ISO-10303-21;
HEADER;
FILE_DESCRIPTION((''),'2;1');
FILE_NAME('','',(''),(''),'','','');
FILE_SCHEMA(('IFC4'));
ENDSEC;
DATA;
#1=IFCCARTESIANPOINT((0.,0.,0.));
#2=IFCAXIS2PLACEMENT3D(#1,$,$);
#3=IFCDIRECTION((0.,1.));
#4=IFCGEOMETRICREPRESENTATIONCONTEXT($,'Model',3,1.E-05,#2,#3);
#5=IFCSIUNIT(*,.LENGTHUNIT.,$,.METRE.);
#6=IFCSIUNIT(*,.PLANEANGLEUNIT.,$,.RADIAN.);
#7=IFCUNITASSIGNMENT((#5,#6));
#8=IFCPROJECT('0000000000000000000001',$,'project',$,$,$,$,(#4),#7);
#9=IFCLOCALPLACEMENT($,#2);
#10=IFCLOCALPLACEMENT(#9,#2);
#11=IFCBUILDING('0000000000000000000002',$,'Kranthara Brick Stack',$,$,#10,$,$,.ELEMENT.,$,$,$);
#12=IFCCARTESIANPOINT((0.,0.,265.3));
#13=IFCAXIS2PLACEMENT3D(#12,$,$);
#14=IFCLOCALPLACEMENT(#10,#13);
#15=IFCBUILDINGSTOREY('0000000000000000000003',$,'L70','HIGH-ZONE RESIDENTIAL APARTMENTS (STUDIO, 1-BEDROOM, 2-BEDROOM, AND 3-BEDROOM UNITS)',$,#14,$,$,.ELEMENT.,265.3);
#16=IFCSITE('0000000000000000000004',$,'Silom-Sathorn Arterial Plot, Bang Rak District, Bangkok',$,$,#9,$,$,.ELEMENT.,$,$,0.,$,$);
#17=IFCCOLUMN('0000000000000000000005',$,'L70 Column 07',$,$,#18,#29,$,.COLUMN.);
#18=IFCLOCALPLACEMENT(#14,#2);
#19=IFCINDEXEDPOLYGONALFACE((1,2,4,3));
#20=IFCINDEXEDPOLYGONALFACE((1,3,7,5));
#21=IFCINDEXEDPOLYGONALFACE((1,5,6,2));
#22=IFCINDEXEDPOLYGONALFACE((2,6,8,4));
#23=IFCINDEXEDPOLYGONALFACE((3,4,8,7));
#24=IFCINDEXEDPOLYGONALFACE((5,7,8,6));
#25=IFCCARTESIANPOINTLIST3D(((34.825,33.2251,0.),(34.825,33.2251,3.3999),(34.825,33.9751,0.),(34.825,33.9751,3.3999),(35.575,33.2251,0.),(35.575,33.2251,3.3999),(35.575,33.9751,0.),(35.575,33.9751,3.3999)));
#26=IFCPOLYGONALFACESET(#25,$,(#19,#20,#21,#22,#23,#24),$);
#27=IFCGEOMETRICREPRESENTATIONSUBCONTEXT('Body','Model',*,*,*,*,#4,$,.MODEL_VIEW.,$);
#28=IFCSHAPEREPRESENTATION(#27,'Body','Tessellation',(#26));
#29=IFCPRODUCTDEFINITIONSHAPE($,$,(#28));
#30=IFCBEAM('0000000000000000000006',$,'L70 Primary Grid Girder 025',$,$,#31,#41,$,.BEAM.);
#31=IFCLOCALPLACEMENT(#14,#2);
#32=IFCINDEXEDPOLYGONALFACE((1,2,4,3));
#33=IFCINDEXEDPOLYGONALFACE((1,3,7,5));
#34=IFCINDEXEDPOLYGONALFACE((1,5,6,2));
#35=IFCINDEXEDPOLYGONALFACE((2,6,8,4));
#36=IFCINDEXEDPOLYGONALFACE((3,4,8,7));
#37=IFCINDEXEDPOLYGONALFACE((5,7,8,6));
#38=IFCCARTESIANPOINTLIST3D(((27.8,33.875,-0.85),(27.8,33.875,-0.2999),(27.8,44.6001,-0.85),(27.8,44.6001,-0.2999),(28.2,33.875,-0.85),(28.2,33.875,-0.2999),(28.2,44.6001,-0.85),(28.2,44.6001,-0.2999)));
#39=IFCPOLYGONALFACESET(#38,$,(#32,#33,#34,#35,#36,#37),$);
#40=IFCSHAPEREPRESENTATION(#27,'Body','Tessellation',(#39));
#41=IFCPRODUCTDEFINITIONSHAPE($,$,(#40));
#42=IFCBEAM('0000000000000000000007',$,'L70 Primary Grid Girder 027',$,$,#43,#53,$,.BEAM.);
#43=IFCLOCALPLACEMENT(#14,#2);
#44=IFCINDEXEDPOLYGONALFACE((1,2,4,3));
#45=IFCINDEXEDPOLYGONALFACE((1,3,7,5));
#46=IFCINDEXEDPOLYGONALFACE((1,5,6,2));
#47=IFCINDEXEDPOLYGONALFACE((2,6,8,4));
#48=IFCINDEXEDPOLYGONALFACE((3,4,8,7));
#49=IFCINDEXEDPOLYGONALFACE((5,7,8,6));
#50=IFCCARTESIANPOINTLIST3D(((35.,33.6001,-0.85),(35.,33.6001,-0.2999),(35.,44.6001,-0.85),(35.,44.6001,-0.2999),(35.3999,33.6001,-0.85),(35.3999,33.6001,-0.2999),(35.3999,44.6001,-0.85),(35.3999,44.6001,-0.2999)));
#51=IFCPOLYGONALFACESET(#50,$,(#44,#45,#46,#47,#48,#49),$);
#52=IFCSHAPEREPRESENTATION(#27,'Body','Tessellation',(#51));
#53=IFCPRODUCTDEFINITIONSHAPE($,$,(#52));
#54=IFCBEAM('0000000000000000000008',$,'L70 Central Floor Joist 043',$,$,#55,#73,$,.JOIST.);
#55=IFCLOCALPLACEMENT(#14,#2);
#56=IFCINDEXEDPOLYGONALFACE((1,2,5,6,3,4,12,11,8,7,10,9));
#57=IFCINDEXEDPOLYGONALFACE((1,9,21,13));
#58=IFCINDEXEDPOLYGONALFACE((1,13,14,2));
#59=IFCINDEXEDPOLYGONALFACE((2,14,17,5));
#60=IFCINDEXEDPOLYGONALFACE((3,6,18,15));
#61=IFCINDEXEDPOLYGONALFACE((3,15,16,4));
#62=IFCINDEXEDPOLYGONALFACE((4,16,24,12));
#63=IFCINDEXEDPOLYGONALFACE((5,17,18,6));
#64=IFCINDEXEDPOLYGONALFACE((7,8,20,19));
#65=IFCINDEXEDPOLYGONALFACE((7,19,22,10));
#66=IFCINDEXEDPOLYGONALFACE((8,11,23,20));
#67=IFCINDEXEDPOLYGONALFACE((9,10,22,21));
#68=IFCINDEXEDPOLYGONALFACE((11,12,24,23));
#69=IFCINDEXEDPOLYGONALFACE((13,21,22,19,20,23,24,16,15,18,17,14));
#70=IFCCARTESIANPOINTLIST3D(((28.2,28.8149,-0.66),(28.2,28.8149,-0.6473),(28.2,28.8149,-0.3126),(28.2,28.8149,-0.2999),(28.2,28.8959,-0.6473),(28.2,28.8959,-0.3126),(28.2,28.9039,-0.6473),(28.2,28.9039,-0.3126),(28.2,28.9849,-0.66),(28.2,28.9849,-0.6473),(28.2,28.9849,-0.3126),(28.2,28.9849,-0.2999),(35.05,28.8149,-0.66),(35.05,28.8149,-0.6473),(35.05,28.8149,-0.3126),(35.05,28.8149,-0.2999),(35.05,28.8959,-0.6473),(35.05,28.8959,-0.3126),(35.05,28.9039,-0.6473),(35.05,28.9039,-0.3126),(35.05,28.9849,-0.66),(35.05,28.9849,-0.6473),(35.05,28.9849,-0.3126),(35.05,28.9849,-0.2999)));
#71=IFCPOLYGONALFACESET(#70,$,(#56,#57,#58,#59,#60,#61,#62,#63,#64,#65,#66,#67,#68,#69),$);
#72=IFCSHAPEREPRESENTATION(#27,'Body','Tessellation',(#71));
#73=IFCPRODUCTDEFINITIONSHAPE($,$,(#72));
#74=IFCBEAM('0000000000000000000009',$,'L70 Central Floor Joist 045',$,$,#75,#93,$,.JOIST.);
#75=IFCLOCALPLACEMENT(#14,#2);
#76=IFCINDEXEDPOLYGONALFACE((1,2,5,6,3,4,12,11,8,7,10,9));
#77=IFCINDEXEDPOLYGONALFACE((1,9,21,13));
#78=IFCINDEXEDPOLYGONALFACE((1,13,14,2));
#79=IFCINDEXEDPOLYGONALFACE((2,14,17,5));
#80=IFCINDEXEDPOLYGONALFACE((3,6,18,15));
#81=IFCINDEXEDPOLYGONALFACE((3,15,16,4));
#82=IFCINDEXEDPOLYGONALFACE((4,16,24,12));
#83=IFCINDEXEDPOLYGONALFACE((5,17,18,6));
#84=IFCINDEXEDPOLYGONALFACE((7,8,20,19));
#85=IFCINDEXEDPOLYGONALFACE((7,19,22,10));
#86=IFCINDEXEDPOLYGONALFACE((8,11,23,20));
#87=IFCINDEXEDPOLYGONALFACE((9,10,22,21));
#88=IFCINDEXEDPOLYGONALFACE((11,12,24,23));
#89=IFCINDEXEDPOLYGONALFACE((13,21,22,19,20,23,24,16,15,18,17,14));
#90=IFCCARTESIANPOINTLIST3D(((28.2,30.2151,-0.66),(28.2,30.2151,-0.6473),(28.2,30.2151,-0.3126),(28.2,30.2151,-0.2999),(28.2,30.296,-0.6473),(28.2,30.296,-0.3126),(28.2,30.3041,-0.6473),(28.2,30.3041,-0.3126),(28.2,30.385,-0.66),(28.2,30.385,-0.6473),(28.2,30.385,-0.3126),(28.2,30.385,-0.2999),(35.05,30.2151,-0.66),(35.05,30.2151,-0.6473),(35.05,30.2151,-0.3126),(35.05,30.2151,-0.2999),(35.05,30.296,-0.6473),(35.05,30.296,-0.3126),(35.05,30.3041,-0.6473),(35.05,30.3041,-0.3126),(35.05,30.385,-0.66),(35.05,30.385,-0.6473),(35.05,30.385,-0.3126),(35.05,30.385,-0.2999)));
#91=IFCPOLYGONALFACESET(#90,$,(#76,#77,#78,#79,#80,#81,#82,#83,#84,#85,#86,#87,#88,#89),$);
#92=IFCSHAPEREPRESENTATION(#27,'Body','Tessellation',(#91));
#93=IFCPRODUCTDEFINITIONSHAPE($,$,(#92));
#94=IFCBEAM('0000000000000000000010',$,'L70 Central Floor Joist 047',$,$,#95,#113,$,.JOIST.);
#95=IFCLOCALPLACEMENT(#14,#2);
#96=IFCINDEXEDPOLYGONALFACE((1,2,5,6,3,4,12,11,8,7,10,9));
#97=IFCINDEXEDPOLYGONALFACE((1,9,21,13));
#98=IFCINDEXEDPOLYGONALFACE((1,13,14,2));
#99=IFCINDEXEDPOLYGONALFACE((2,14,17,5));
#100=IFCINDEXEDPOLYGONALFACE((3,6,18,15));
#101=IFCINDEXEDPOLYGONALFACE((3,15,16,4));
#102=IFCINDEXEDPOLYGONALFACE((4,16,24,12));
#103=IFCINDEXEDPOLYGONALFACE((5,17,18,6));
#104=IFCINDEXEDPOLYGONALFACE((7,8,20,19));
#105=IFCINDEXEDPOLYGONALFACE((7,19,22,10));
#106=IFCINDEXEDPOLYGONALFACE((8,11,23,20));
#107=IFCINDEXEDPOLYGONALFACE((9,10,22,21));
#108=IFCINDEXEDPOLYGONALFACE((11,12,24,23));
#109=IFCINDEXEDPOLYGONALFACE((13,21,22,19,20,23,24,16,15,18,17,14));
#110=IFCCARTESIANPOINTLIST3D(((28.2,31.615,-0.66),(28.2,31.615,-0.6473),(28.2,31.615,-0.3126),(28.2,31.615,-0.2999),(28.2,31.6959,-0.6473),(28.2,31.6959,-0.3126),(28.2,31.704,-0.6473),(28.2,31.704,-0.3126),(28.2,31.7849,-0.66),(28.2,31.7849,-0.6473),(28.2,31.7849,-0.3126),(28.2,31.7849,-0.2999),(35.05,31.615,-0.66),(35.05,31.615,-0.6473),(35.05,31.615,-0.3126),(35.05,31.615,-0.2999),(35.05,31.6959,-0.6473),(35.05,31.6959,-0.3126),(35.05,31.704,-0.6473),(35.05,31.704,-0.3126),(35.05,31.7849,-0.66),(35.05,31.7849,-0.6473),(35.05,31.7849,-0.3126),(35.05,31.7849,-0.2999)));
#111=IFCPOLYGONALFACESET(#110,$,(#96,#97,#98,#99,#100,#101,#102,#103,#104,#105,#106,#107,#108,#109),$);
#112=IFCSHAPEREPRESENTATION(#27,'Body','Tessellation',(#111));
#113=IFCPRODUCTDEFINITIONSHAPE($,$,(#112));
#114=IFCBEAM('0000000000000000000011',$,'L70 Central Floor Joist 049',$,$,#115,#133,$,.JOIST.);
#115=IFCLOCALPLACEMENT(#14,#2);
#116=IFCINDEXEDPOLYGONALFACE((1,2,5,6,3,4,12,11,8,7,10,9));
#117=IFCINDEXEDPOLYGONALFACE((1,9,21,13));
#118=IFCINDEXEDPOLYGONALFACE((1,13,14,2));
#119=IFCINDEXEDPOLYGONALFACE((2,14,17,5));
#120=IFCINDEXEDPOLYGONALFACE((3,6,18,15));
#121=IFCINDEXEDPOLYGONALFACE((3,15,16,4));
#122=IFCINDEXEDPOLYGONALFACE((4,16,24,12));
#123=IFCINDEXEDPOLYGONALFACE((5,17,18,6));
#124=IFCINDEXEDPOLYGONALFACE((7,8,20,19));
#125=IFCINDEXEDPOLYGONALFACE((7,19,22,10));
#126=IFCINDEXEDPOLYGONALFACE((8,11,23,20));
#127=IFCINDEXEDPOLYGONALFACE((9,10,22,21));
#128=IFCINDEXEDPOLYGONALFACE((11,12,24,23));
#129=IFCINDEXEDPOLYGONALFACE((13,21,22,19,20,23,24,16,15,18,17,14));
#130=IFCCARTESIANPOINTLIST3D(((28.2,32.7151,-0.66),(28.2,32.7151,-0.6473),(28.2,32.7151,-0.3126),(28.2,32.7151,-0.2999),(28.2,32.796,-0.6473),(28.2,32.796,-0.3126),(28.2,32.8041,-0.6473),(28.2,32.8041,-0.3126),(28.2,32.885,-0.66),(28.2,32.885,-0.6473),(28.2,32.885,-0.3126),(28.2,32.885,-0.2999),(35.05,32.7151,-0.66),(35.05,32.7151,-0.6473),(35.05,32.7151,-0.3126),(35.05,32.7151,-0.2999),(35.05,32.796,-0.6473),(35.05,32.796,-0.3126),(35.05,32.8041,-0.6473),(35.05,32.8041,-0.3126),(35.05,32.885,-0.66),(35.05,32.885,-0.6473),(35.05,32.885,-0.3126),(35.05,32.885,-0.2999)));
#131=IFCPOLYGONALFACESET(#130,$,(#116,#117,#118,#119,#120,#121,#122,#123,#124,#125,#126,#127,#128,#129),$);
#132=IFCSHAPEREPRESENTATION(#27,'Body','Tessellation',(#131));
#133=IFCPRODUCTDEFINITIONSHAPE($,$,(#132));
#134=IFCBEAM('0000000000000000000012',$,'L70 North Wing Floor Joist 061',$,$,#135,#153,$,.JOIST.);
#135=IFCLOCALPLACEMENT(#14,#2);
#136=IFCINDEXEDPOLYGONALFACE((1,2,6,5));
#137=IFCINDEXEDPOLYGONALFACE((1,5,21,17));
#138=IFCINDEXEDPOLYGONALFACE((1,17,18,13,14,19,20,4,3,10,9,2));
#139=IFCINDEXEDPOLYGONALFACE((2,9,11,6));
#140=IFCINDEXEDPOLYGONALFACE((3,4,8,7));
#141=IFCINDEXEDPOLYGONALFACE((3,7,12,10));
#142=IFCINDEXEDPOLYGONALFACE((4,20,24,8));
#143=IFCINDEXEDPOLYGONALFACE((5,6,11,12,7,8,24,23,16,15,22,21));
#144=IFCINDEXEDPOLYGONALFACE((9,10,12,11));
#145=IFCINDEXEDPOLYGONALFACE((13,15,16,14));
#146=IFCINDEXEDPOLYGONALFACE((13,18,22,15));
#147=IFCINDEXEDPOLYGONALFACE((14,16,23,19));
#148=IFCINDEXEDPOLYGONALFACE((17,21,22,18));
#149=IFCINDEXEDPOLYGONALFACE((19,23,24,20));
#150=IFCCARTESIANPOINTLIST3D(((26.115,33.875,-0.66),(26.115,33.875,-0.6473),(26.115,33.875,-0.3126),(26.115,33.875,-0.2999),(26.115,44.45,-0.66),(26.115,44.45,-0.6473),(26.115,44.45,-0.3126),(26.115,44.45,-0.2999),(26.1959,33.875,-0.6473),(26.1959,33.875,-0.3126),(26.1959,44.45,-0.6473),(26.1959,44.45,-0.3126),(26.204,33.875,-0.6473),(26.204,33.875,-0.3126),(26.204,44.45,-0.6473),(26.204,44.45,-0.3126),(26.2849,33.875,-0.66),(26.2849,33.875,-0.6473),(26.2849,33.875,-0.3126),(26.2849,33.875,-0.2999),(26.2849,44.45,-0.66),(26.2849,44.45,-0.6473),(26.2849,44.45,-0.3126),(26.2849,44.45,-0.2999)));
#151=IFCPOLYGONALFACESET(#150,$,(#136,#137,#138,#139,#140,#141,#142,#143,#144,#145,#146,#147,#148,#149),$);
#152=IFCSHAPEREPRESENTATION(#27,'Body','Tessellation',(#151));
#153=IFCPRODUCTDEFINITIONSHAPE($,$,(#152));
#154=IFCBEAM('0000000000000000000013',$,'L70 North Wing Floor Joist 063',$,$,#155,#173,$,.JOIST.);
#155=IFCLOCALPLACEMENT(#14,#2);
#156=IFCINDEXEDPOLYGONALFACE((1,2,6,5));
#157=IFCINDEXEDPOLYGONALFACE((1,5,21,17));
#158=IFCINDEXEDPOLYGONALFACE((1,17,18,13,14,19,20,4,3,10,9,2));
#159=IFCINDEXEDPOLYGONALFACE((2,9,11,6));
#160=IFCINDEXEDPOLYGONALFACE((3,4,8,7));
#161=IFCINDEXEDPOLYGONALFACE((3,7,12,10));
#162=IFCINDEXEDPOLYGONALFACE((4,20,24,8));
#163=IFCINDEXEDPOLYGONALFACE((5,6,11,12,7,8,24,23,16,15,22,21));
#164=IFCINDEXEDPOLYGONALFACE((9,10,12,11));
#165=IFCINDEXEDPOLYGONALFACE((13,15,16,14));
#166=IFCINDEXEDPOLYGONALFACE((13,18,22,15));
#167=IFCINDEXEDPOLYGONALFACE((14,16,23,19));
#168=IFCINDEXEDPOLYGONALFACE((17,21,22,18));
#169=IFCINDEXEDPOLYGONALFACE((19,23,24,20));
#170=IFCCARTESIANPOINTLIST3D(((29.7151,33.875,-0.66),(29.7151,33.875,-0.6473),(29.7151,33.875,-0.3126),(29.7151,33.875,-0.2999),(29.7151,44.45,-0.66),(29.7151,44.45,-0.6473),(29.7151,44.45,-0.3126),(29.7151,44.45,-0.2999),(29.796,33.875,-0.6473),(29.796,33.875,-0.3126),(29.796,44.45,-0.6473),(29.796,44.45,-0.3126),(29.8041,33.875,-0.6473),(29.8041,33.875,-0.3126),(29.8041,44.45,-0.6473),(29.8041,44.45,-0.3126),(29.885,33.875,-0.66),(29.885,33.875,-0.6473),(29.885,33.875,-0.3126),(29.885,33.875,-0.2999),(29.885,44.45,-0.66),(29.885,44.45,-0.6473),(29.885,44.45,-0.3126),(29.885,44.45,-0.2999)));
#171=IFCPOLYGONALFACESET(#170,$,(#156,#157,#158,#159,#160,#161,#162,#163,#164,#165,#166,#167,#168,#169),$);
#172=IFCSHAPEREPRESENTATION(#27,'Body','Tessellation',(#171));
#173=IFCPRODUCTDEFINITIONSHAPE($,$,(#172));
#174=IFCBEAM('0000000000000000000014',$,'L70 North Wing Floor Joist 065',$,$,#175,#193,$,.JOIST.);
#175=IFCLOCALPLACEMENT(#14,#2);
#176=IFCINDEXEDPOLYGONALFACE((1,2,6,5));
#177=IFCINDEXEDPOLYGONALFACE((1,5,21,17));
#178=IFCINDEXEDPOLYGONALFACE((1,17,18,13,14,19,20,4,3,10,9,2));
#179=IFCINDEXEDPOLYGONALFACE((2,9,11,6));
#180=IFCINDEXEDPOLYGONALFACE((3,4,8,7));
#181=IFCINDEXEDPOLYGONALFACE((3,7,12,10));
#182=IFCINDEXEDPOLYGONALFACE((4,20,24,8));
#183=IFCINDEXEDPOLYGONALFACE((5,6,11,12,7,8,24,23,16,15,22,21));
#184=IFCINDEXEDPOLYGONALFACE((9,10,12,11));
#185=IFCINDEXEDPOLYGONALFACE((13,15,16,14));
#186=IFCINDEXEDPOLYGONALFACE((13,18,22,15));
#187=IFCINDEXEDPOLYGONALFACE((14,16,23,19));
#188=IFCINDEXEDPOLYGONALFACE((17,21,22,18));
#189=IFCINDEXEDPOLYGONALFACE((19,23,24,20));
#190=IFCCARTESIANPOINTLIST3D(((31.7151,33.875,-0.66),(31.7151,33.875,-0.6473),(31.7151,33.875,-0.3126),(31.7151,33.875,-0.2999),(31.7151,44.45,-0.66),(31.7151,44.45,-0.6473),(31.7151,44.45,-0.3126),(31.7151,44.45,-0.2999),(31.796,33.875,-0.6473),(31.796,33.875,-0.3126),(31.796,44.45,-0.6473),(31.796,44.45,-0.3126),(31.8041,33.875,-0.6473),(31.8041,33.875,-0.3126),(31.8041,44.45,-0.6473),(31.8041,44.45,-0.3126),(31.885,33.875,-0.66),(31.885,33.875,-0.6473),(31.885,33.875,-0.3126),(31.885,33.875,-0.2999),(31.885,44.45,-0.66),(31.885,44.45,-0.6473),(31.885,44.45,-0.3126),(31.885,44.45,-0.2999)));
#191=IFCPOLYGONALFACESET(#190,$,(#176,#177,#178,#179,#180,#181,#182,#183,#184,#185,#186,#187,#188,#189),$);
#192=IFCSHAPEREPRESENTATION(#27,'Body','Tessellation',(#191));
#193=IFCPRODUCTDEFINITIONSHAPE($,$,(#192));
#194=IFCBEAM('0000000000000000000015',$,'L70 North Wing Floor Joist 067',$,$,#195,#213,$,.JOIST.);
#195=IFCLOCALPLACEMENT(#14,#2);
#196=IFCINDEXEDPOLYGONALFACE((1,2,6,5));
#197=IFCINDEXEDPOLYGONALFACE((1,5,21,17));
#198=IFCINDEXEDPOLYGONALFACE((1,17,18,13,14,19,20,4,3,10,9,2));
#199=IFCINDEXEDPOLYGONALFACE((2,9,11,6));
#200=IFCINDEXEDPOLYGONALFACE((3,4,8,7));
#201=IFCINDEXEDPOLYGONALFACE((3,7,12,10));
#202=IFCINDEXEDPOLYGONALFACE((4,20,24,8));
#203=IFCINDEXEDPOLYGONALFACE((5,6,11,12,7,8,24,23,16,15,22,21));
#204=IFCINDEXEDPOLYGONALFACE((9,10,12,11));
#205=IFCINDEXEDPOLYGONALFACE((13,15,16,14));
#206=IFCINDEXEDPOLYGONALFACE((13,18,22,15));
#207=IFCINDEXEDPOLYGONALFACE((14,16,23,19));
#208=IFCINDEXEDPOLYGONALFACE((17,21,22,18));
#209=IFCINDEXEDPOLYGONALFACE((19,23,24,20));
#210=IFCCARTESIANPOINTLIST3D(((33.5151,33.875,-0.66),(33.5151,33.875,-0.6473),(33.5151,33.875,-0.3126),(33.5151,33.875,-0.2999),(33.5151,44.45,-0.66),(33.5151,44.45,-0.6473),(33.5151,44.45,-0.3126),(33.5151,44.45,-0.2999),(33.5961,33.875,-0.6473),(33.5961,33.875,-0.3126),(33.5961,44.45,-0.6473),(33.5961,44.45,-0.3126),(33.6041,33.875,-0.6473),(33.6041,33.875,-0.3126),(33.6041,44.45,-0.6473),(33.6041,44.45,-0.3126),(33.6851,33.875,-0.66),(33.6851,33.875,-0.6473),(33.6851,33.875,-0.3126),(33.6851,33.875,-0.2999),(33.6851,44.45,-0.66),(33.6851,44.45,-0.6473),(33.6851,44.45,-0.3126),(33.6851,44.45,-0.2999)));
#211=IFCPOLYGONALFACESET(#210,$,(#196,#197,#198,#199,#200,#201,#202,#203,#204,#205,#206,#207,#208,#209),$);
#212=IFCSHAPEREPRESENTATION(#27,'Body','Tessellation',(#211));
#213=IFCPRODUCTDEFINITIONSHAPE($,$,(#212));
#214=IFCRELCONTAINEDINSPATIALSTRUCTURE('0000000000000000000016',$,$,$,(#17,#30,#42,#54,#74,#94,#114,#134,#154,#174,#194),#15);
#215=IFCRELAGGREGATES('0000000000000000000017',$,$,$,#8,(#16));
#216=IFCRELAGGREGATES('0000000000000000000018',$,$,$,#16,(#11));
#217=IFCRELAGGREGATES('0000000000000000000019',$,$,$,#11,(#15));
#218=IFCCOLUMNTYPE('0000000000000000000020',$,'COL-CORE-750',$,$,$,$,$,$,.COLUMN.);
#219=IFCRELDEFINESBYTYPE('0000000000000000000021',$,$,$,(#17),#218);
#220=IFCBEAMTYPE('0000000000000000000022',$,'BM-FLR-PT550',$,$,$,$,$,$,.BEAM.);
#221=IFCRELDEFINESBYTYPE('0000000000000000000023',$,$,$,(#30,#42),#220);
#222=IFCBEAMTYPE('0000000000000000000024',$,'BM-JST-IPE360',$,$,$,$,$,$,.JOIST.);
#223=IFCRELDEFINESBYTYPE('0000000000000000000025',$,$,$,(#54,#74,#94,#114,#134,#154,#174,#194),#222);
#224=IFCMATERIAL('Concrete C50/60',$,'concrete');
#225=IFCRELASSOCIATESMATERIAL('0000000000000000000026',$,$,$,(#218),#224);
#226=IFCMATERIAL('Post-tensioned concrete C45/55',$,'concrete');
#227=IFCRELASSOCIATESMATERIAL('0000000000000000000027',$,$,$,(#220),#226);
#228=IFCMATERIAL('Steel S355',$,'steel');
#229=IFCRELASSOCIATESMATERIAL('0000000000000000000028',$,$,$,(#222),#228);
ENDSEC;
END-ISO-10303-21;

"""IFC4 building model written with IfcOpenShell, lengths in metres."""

from ifc_helpers import new_model, si_unit, direction, frame, origin, origin_2d, place, context, subcontext, project, spatial, rectangle, i_section, extrude, material, material_profile, profile_set, type_object, element, save


model = new_model("IFC4")

# Units and contexts
model_context = context("Model", 3, precision=1e-05, world=origin(), true_north=direction((0.0, 1.0)))
body_context = subcontext(model_context, "Body", "Model", "MODEL_VIEW")
ifc_project = project(units=[si_unit("LENGTHUNIT", "METRE"), si_unit("PLANEANGLEUNIT", "RADIAN")], contexts=[model_context])

# Site, building, storey
site_placement = place(None, origin())
site = spatial("IfcSite", under=ifc_project, at=site_placement, Name="Silom-Sathorn Arterial Plot, Bang Rak District, Bangkok", CompositionType="ELEMENT", RefElevation=0.0)
building_placement = place(site_placement, origin())
building = spatial("IfcBuilding", under=site, at=building_placement, Name="Kranthara Brick Stack", CompositionType="ELEMENT")
storey_placement = place(building_placement, frame((0.0, 0.0, 265.3)))
storey = spatial("IfcBuildingStorey", under=building, at=storey_placement, Name="L70", Description="HIGH-ZONE RESIDENTIAL APARTMENTS (STUDIO, 1-BEDROOM, 2-BEDROOM, AND 3-BEDROOM UNITS)", CompositionType="ELEMENT", Elevation=265.3)

# Column
ifc_material_1 = material(Name="Concrete C50/60", Category="concrete")
ifc_material_profile_1 = material_profile(ifc_material_1, rectangle(XDim=0.75, YDim=0.75, at=origin_2d()), Name="RC 750x750")
ifc_profile_set_1 = profile_set([ifc_material_profile_1], Name="Concrete C50/60")
column_type = type_object("IfcColumnType", Name="COL-CORE-750", PredefinedType="COLUMN", material=ifc_profile_set_1)
column_placement = place(storey_placement, frame((35.2, 33.6001, 0.0), z_axis=(0.0, 0.0, 1.0), x_axis=(1.0, 0.0, 0.0)))
element("IfcColumn", 1, at=column_placement, inside=storey, type_object=column_type, Name="L70 Column 07", PredefinedType="COLUMN", context=body_context, shape_type="SweptSolid", body=[
    extrude(rectangle(XDim=0.75, YDim=0.75, at=origin_2d()), origin(), (0.0, 0.0, 1.0), 3.3999),
])

# Beams
ifc_material_2 = material(Name="Post-tensioned concrete C45/55", Category="concrete")
ifc_material_profile_2 = material_profile(ifc_material_2, rectangle(XDim=0.3999, YDim=0.55, at=origin_2d()), Name="PT 400x550")
ifc_profile_set_2 = profile_set([ifc_material_profile_2], Name="Post-tensioned concrete C45/55")
beam_type_1 = type_object("IfcBeamType", Name="BM-FLR-PT550", PredefinedType="BEAM", material=ifc_profile_set_2)
beam_1_placement = place(storey_placement, frame((28.0, 33.875, -0.575), z_axis=(0.0, 1.0, 0.0), x_axis=(-1.0, 0.0, 0.0)))
element("IfcBeam", 2, at=beam_1_placement, inside=storey, type_object=beam_type_1, Name="L70 Primary Grid Girder 025", PredefinedType="BEAM", context=body_context, shape_type="SweptSolid", body=[
    extrude(rectangle(XDim=0.3999, YDim=0.55, at=origin_2d()), origin(), (0.0, 0.0, 1.0), 10.7251),
])
beam_2_placement = place(storey_placement, frame((35.2, 33.6001, -0.575), z_axis=(0.0, 1.0, 0.0), x_axis=(-1.0, 0.0, 0.0)))
element("IfcBeam", 3, at=beam_2_placement, inside=storey, type_object=beam_type_1, Name="L70 Primary Grid Girder 027", PredefinedType="BEAM", context=body_context, shape_type="SweptSolid", body=[
    extrude(rectangle(XDim=0.3999, YDim=0.55, at=origin_2d()), origin(), (0.0, 0.0, 1.0), 11.0),
])
ifc_material_3 = material(Name="Steel S355", Category="steel")
ifc_material_profile_3 = material_profile(ifc_material_3, i_section(OverallWidth=0.1699, OverallDepth=0.3601, WebThickness=0.0081, FlangeThickness=0.0127, at=origin_2d()), Name="IPE 360")
ifc_profile_set_3 = profile_set([ifc_material_profile_3], Name="Steel S355")
beam_type_2 = type_object("IfcBeamType", Name="BM-JST-IPE360", PredefinedType="JOIST", material=ifc_profile_set_3)
for number, where, z_axis, x_axis, name in (
    (4, (28.2, 28.8999, -0.48), (1.0, 0.0, 0.0), (0.0, 1.0, 0.0), "L70 Central Floor Joist 043"),
    (5, (28.2, 30.3, -0.48), (1.0, 0.0, 0.0), (0.0, 1.0, 0.0), "L70 Central Floor Joist 045"),
    (6, (28.2, 31.7, -0.48), (1.0, 0.0, 0.0), (0.0, 1.0, 0.0), "L70 Central Floor Joist 047"),
    (7, (28.2, 32.8, -0.48), (1.0, 0.0, 0.0), (0.0, 1.0, 0.0), "L70 Central Floor Joist 049"),
):
    element("IfcBeam", number, at=place(storey_placement, frame(where, z_axis=z_axis, x_axis=x_axis)), inside=storey, type_object=beam_type_2, Name=name, PredefinedType="JOIST", context=body_context, shape_type="SweptSolid", body=[
        extrude(i_section(OverallWidth=0.1699, OverallDepth=0.3601, WebThickness=0.0081, FlangeThickness=0.0127, at=origin_2d()), origin(), (0.0, 0.0, 1.0), 6.8501),
    ])
for number, where, z_axis, x_axis, name in (
    (8, (26.2, 33.875, -0.48), (0.0, 1.0, 0.0), (-1.0, 0.0, 0.0), "L70 North Wing Floor Joist 061"),
    (9, (29.8, 33.875, -0.48), (0.0, 1.0, 0.0), (-1.0, 0.0, 0.0), "L70 North Wing Floor Joist 063"),
    (10, (31.8, 33.875, -0.48), (0.0, 1.0, 0.0), (-1.0, 0.0, 0.0), "L70 North Wing Floor Joist 065"),
    (11, (33.6001, 33.875, -0.48), (0.0, 1.0, 0.0), (-1.0, 0.0, 0.0), "L70 North Wing Floor Joist 067"),
):
    element("IfcBeam", number, at=place(storey_placement, frame(where, z_axis=z_axis, x_axis=x_axis)), inside=storey, type_object=beam_type_2, Name=name, PredefinedType="JOIST", context=body_context, shape_type="SweptSolid", body=[
        extrude(i_section(OverallWidth=0.1699, OverallDepth=0.3601, WebThickness=0.0081, FlangeThickness=0.0127, at=origin_2d()), origin(), (0.0, 0.0, 1.0), 10.575),
    ])

save(model, "model.ifc")
